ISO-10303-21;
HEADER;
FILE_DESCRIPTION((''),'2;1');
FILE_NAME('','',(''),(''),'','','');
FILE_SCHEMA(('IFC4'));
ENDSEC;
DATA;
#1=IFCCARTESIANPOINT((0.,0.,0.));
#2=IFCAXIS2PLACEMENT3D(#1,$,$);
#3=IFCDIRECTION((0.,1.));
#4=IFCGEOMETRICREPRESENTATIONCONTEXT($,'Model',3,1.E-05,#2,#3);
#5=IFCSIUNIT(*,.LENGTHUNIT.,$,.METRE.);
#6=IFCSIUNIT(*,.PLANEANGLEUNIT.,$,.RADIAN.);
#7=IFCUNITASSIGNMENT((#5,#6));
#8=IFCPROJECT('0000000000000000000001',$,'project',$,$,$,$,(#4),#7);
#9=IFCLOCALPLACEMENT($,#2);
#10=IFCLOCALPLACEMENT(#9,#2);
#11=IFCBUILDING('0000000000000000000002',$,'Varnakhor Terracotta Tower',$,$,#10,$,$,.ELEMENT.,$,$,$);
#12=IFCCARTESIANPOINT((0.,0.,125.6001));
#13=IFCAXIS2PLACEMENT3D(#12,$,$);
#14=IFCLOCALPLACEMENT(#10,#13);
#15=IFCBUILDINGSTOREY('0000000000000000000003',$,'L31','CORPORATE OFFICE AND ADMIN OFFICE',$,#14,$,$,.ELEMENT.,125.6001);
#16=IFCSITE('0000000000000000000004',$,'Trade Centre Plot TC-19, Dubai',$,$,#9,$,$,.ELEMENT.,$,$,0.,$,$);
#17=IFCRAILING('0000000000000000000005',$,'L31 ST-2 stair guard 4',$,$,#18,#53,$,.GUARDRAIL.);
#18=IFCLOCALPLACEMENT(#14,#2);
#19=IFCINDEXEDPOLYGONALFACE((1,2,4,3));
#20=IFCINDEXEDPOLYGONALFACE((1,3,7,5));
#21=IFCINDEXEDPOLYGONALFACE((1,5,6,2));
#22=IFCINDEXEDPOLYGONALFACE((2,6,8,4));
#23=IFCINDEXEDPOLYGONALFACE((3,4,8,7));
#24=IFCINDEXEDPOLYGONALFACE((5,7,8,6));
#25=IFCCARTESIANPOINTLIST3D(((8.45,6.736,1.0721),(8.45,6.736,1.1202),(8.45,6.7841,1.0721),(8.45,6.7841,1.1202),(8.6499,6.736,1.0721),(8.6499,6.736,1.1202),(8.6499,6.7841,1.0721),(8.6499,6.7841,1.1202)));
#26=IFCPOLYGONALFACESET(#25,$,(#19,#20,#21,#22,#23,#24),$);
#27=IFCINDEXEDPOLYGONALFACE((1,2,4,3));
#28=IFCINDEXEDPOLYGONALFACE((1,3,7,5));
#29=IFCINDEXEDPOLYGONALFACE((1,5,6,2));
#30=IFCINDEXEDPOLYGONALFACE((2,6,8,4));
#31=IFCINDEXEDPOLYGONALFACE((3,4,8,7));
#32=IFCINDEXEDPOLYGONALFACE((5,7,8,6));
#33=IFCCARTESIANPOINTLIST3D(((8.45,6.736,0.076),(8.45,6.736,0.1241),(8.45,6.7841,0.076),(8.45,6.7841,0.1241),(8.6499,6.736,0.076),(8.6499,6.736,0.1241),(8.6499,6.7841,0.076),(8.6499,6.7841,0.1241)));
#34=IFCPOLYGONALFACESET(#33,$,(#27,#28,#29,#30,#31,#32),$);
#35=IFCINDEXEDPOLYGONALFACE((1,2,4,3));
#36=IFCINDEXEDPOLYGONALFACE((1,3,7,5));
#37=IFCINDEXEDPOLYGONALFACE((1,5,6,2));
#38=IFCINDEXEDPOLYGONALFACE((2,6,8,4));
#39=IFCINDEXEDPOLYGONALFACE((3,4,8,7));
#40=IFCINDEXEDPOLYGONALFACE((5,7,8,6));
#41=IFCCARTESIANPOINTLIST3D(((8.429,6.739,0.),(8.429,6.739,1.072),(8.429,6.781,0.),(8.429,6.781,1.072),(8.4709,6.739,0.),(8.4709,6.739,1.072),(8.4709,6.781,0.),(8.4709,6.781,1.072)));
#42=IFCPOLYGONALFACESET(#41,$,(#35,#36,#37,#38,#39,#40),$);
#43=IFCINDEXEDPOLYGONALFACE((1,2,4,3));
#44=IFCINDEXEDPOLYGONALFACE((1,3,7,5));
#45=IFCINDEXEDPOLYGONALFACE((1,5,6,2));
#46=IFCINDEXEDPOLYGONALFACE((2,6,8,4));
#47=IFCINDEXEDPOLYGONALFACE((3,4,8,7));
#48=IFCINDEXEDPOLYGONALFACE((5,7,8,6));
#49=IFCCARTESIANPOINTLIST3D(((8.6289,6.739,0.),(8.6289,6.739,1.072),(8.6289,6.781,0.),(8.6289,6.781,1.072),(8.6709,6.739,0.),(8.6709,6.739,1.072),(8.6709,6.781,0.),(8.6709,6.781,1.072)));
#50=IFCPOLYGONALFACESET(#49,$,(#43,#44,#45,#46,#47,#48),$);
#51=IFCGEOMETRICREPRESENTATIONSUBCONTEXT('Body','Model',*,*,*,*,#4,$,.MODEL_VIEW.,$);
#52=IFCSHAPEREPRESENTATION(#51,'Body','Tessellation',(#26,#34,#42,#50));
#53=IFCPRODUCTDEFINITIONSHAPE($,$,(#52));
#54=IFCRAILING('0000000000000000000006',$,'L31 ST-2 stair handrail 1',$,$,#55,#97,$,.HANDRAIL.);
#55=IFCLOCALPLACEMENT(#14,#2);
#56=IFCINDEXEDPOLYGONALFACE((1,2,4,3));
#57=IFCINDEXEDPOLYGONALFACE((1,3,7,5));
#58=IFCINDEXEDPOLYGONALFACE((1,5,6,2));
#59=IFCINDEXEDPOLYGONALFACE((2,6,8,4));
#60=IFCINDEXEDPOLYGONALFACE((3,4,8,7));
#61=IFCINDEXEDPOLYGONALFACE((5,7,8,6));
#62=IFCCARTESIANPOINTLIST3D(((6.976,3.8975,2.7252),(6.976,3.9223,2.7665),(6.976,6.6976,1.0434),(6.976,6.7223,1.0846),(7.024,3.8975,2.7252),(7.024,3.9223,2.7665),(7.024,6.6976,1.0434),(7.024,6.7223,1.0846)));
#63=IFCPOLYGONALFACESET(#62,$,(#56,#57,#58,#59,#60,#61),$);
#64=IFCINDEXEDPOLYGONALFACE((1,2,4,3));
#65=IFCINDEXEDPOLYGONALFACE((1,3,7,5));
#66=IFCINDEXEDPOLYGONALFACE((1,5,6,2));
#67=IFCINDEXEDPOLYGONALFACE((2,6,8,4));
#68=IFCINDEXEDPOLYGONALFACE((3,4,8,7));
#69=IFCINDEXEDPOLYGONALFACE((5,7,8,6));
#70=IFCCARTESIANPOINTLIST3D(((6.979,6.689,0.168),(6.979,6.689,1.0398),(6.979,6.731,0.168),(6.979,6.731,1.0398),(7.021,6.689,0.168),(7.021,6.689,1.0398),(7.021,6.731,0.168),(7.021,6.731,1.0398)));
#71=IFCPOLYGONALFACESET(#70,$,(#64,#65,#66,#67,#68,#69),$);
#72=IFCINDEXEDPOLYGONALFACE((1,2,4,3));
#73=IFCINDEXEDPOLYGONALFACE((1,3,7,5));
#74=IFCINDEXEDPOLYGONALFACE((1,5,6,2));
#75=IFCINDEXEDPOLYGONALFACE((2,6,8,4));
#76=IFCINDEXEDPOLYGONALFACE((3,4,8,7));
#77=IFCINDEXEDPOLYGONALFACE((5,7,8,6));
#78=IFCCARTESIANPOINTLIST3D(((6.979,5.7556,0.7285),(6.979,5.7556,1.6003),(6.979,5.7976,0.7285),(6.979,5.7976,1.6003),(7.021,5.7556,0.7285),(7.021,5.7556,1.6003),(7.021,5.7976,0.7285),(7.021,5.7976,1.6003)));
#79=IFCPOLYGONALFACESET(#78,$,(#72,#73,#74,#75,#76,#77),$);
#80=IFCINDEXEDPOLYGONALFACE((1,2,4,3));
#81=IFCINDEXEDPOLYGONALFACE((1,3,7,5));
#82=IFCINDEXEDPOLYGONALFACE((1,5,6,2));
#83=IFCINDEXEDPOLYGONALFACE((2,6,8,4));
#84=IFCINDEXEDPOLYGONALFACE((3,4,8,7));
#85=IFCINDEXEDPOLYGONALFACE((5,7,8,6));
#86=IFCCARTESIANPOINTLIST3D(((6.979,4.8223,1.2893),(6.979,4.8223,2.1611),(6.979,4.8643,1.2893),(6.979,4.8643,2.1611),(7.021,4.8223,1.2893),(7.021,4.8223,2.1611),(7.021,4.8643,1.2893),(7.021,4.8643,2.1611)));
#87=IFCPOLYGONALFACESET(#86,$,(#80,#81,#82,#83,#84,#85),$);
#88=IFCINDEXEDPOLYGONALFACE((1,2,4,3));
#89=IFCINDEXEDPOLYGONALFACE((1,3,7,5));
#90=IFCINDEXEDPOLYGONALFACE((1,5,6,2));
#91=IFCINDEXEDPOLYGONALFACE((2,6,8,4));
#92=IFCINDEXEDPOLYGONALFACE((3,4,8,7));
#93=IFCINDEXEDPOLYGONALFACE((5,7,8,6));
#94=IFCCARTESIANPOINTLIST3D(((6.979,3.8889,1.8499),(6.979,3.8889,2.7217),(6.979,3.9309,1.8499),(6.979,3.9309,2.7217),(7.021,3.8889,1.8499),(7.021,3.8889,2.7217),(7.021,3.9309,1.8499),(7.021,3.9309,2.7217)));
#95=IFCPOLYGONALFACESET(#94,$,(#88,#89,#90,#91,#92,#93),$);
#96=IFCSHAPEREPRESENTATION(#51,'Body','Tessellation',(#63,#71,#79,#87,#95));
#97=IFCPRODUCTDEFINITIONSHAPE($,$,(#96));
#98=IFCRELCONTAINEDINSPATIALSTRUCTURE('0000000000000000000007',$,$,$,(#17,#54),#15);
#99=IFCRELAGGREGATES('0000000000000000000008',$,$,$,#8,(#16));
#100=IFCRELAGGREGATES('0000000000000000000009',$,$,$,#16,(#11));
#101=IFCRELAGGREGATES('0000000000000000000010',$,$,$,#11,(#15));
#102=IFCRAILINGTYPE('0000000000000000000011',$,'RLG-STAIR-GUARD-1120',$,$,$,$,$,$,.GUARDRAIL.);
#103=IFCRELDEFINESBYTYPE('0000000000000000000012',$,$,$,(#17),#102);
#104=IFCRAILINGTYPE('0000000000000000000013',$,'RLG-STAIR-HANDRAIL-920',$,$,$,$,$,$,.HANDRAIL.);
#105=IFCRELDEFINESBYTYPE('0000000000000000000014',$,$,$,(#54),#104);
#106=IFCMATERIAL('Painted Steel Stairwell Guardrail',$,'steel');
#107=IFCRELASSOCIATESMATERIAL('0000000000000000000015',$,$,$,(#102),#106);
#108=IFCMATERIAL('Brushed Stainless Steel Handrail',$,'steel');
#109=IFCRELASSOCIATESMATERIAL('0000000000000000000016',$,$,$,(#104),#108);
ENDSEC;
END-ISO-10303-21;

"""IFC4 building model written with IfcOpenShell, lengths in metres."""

from ifc_helpers import new_model, si_unit, direction, frame, origin, origin_2d, place, context, subcontext, project, spatial, rectangle, extrude, material, type_object, element, save


model = new_model("IFC4")

# Units and contexts
model_context = context("Model", 3, precision=1e-05, world=origin(), true_north=direction((0.0, 1.0)))
body_context = subcontext(model_context, "Body", "Model", "MODEL_VIEW")
ifc_project = project(units=[si_unit("LENGTHUNIT", "METRE"), si_unit("PLANEANGLEUNIT", "RADIAN")], contexts=[model_context])

# Site, building, storey
site_placement = place(None, origin())
site = spatial("IfcSite", under=ifc_project, at=site_placement, Name="Trade Centre Plot TC-19, Dubai", CompositionType="ELEMENT", RefElevation=0.0)
building_placement = place(site_placement, origin())
building = spatial("IfcBuilding", under=site, at=building_placement, Name="Varnakhor Terracotta Tower", CompositionType="ELEMENT")
storey_placement = place(building_placement, frame((0.0, 0.0, 125.6001)))
storey = spatial("IfcBuildingStorey", under=building, at=storey_placement, Name="L31", Description="CORPORATE OFFICE AND ADMIN OFFICE", CompositionType="ELEMENT", Elevation=125.6001)

# Railings
ifc_material_1 = material(Name="Painted Steel Stairwell Guardrail", Category="steel")
railing_type_1 = type_object("IfcRailingType", Name="RLG-STAIR-GUARD-1120", PredefinedType="GUARDRAIL", material=ifc_material_1)
railing_1_placement = place(storey_placement, frame((8.45, 6.76, 0.0)))
element("IfcRailing", 1, at=railing_1_placement, inside=storey, type_object=railing_type_1, Name="L31 ST-2 stair guard 4", PredefinedType="GUARDRAIL", context=body_context, shape_type="SweptSolid", body=[
    extrude(rectangle(XDim=0.0481, YDim=0.0481, at=origin_2d()), frame((0.0, 0.0, 1.0962), z_axis=(1.0, 0.0, 0.0), x_axis=(0.0, 1.0, 0.0)), (0.0, 0.0, 1.0), 0.2),
    extrude(rectangle(XDim=0.0481, YDim=0.0481, at=origin_2d()), frame((0.0, 0.0, 0.1001), z_axis=(1.0, 0.0, 0.0), x_axis=(0.0, 1.0, 0.0)), (0.0, 0.0, 1.0), 0.2),
    extrude(rectangle(XDim=0.042, YDim=0.042, at=origin_2d()), origin(), (0.0, 0.0, 1.0), 1.072),
    extrude(rectangle(XDim=0.042, YDim=0.042, at=origin_2d()), frame((0.2, 0.0, 0.0)), (0.0, 0.0, 1.0), 1.072),
])
ifc_material_2 = material(Name="Brushed Stainless Steel Handrail", Category="steel")
railing_type_2 = type_object("IfcRailingType", Name="RLG-STAIR-HANDRAIL-920", PredefinedType="HANDRAIL", material=ifc_material_2)
railing_2_placement = place(storey_placement, frame((7.0, 6.71, 0.168)))
element("IfcRailing", 2, at=railing_2_placement, inside=storey, type_object=railing_type_2, Name="L31 ST-2 stair handrail 1", PredefinedType="HANDRAIL", context=body_context, shape_type="SweptSolid", body=[
    extrude(rectangle(XDim=0.0481, YDim=0.0481, at=origin_2d()), frame((0.0, 0.0, 0.896), z_axis=(0.0, -0.857242, 0.514913), x_axis=(1.0, 0.0, 0.0)), (0.0, 0.0, 1.0), 3.2664),
    extrude(rectangle(XDim=0.042, YDim=0.042, at=origin_2d()), origin(), (0.0, 0.0, 1.0), 0.8718),
    extrude(rectangle(XDim=0.042, YDim=0.042, at=origin_2d()), frame((0.0, -0.9333, 0.5605)), (0.0, 0.0, 1.0), 0.8718),
    extrude(rectangle(XDim=0.042, YDim=0.042, at=origin_2d()), frame((0.0, -1.8667, 1.1213)), (0.0, 0.0, 1.0), 0.8718),
    extrude(rectangle(XDim=0.042, YDim=0.042, at=origin_2d()), frame((0.0, -2.8, 1.6819)), (0.0, 0.0, 1.0), 0.8718),
])

save(model, "model.ifc")
